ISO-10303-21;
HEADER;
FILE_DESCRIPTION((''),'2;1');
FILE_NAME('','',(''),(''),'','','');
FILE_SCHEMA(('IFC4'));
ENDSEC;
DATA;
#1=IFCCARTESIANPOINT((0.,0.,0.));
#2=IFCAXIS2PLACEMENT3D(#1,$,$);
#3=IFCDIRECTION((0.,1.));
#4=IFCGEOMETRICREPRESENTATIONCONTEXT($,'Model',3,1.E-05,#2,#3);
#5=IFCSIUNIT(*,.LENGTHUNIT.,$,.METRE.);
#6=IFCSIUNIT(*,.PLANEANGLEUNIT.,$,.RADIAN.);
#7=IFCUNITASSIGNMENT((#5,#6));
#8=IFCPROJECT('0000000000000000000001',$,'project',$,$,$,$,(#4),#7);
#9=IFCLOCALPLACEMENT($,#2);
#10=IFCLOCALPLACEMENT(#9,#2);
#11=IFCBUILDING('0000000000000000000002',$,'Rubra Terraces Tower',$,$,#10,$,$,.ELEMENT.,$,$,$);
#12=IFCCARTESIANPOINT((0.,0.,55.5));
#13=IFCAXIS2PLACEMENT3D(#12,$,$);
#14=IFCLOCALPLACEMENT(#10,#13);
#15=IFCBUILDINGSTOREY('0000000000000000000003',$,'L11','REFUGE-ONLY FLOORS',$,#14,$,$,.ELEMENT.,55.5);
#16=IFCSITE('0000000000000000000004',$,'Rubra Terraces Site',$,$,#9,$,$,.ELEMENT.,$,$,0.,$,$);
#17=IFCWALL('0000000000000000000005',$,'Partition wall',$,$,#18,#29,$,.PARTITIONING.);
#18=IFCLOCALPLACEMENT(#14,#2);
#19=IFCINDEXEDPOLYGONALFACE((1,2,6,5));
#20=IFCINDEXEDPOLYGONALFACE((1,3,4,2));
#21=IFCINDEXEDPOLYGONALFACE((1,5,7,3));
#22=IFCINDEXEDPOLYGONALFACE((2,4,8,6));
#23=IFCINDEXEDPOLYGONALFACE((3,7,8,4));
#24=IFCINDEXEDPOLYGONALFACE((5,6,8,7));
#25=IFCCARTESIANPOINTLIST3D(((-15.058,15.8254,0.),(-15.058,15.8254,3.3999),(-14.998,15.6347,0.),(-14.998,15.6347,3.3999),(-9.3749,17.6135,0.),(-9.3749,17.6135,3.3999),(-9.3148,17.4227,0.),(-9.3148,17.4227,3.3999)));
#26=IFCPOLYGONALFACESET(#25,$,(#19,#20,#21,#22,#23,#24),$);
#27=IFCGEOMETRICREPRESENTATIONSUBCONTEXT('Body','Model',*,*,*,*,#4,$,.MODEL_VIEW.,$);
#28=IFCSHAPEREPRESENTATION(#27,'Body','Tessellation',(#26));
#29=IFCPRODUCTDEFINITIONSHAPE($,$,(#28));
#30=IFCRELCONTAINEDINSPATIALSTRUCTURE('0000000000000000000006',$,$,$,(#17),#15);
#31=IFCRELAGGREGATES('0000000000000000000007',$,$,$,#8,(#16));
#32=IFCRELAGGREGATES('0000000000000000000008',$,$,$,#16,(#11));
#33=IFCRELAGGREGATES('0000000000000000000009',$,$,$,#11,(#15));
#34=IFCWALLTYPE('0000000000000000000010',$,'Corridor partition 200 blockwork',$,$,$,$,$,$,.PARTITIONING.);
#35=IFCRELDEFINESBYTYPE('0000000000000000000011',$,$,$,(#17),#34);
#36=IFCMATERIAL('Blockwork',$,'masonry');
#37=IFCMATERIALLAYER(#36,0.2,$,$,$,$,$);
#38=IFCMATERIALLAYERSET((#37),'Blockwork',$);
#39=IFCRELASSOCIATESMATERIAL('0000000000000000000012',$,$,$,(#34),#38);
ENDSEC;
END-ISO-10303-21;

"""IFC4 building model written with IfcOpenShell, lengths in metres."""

from ifc_helpers import new_model, si_unit, direction, frame, frame_2d, origin, place, context, subcontext, project, spatial, rectangle, extrude, material, layer, layer_set, type_object, element, save


model = new_model("IFC4")

# Units and contexts
model_context = context("Model", 3, precision=1e-05, world=origin(), true_north=direction((0.0, 1.0)))
body_context = subcontext(model_context, "Body", "Model", "MODEL_VIEW")
ifc_project = project(units=[si_unit("LENGTHUNIT", "METRE"), si_unit("PLANEANGLEUNIT", "RADIAN")], contexts=[model_context])

# Site, building, storey
site_placement = place(None, origin())
site = spatial("IfcSite", under=ifc_project, at=site_placement, Name="Rubra Terraces Site", CompositionType="ELEMENT", RefElevation=0.0)
building_placement = place(site_placement, origin())
building = spatial("IfcBuilding", under=site, at=building_placement, Name="Rubra Terraces Tower", CompositionType="ELEMENT")
storey_placement = place(building_placement, frame((0.0, 0.0, 55.5)))
storey = spatial("IfcBuildingStorey", under=building, at=storey_placement, Name="L11", Description="REFUGE-ONLY FLOORS", CompositionType="ELEMENT", Elevation=55.5)

# Shared definitions
ifc_material_1 = material(Name="Blockwork", Category="masonry")
ifc_layer_1 = layer(ifc_material_1, 0.2)
ifc_layer_set_1 = layer_set([ifc_layer_1], Name="Blockwork")
wall_type_1 = type_object("IfcWallType", Name="Corridor partition 200 blockwork", PredefinedType="PARTITIONING", material=ifc_layer_set_1)

# Wall
wall_1_placement = place(storey_placement, frame((-15.0281, 15.73, 0.0), z_axis=(0.0, 0.0, 1.0), x_axis=(0.953899, 0.300127, 0.0)))
element("IfcWall", 1, at=wall_1_placement, inside=storey, type_object=wall_type_1, Name="Partition wall", PredefinedType="PARTITIONING", context=body_context, shape_type="SweptSolid", body=[
    extrude(rectangle(XDim=5.9578, YDim=0.2, at=frame_2d((2.979, 0.0))), origin(), (0.0, 0.0, 1.0), 3.3999),
])

save(model, "model.ifc")
